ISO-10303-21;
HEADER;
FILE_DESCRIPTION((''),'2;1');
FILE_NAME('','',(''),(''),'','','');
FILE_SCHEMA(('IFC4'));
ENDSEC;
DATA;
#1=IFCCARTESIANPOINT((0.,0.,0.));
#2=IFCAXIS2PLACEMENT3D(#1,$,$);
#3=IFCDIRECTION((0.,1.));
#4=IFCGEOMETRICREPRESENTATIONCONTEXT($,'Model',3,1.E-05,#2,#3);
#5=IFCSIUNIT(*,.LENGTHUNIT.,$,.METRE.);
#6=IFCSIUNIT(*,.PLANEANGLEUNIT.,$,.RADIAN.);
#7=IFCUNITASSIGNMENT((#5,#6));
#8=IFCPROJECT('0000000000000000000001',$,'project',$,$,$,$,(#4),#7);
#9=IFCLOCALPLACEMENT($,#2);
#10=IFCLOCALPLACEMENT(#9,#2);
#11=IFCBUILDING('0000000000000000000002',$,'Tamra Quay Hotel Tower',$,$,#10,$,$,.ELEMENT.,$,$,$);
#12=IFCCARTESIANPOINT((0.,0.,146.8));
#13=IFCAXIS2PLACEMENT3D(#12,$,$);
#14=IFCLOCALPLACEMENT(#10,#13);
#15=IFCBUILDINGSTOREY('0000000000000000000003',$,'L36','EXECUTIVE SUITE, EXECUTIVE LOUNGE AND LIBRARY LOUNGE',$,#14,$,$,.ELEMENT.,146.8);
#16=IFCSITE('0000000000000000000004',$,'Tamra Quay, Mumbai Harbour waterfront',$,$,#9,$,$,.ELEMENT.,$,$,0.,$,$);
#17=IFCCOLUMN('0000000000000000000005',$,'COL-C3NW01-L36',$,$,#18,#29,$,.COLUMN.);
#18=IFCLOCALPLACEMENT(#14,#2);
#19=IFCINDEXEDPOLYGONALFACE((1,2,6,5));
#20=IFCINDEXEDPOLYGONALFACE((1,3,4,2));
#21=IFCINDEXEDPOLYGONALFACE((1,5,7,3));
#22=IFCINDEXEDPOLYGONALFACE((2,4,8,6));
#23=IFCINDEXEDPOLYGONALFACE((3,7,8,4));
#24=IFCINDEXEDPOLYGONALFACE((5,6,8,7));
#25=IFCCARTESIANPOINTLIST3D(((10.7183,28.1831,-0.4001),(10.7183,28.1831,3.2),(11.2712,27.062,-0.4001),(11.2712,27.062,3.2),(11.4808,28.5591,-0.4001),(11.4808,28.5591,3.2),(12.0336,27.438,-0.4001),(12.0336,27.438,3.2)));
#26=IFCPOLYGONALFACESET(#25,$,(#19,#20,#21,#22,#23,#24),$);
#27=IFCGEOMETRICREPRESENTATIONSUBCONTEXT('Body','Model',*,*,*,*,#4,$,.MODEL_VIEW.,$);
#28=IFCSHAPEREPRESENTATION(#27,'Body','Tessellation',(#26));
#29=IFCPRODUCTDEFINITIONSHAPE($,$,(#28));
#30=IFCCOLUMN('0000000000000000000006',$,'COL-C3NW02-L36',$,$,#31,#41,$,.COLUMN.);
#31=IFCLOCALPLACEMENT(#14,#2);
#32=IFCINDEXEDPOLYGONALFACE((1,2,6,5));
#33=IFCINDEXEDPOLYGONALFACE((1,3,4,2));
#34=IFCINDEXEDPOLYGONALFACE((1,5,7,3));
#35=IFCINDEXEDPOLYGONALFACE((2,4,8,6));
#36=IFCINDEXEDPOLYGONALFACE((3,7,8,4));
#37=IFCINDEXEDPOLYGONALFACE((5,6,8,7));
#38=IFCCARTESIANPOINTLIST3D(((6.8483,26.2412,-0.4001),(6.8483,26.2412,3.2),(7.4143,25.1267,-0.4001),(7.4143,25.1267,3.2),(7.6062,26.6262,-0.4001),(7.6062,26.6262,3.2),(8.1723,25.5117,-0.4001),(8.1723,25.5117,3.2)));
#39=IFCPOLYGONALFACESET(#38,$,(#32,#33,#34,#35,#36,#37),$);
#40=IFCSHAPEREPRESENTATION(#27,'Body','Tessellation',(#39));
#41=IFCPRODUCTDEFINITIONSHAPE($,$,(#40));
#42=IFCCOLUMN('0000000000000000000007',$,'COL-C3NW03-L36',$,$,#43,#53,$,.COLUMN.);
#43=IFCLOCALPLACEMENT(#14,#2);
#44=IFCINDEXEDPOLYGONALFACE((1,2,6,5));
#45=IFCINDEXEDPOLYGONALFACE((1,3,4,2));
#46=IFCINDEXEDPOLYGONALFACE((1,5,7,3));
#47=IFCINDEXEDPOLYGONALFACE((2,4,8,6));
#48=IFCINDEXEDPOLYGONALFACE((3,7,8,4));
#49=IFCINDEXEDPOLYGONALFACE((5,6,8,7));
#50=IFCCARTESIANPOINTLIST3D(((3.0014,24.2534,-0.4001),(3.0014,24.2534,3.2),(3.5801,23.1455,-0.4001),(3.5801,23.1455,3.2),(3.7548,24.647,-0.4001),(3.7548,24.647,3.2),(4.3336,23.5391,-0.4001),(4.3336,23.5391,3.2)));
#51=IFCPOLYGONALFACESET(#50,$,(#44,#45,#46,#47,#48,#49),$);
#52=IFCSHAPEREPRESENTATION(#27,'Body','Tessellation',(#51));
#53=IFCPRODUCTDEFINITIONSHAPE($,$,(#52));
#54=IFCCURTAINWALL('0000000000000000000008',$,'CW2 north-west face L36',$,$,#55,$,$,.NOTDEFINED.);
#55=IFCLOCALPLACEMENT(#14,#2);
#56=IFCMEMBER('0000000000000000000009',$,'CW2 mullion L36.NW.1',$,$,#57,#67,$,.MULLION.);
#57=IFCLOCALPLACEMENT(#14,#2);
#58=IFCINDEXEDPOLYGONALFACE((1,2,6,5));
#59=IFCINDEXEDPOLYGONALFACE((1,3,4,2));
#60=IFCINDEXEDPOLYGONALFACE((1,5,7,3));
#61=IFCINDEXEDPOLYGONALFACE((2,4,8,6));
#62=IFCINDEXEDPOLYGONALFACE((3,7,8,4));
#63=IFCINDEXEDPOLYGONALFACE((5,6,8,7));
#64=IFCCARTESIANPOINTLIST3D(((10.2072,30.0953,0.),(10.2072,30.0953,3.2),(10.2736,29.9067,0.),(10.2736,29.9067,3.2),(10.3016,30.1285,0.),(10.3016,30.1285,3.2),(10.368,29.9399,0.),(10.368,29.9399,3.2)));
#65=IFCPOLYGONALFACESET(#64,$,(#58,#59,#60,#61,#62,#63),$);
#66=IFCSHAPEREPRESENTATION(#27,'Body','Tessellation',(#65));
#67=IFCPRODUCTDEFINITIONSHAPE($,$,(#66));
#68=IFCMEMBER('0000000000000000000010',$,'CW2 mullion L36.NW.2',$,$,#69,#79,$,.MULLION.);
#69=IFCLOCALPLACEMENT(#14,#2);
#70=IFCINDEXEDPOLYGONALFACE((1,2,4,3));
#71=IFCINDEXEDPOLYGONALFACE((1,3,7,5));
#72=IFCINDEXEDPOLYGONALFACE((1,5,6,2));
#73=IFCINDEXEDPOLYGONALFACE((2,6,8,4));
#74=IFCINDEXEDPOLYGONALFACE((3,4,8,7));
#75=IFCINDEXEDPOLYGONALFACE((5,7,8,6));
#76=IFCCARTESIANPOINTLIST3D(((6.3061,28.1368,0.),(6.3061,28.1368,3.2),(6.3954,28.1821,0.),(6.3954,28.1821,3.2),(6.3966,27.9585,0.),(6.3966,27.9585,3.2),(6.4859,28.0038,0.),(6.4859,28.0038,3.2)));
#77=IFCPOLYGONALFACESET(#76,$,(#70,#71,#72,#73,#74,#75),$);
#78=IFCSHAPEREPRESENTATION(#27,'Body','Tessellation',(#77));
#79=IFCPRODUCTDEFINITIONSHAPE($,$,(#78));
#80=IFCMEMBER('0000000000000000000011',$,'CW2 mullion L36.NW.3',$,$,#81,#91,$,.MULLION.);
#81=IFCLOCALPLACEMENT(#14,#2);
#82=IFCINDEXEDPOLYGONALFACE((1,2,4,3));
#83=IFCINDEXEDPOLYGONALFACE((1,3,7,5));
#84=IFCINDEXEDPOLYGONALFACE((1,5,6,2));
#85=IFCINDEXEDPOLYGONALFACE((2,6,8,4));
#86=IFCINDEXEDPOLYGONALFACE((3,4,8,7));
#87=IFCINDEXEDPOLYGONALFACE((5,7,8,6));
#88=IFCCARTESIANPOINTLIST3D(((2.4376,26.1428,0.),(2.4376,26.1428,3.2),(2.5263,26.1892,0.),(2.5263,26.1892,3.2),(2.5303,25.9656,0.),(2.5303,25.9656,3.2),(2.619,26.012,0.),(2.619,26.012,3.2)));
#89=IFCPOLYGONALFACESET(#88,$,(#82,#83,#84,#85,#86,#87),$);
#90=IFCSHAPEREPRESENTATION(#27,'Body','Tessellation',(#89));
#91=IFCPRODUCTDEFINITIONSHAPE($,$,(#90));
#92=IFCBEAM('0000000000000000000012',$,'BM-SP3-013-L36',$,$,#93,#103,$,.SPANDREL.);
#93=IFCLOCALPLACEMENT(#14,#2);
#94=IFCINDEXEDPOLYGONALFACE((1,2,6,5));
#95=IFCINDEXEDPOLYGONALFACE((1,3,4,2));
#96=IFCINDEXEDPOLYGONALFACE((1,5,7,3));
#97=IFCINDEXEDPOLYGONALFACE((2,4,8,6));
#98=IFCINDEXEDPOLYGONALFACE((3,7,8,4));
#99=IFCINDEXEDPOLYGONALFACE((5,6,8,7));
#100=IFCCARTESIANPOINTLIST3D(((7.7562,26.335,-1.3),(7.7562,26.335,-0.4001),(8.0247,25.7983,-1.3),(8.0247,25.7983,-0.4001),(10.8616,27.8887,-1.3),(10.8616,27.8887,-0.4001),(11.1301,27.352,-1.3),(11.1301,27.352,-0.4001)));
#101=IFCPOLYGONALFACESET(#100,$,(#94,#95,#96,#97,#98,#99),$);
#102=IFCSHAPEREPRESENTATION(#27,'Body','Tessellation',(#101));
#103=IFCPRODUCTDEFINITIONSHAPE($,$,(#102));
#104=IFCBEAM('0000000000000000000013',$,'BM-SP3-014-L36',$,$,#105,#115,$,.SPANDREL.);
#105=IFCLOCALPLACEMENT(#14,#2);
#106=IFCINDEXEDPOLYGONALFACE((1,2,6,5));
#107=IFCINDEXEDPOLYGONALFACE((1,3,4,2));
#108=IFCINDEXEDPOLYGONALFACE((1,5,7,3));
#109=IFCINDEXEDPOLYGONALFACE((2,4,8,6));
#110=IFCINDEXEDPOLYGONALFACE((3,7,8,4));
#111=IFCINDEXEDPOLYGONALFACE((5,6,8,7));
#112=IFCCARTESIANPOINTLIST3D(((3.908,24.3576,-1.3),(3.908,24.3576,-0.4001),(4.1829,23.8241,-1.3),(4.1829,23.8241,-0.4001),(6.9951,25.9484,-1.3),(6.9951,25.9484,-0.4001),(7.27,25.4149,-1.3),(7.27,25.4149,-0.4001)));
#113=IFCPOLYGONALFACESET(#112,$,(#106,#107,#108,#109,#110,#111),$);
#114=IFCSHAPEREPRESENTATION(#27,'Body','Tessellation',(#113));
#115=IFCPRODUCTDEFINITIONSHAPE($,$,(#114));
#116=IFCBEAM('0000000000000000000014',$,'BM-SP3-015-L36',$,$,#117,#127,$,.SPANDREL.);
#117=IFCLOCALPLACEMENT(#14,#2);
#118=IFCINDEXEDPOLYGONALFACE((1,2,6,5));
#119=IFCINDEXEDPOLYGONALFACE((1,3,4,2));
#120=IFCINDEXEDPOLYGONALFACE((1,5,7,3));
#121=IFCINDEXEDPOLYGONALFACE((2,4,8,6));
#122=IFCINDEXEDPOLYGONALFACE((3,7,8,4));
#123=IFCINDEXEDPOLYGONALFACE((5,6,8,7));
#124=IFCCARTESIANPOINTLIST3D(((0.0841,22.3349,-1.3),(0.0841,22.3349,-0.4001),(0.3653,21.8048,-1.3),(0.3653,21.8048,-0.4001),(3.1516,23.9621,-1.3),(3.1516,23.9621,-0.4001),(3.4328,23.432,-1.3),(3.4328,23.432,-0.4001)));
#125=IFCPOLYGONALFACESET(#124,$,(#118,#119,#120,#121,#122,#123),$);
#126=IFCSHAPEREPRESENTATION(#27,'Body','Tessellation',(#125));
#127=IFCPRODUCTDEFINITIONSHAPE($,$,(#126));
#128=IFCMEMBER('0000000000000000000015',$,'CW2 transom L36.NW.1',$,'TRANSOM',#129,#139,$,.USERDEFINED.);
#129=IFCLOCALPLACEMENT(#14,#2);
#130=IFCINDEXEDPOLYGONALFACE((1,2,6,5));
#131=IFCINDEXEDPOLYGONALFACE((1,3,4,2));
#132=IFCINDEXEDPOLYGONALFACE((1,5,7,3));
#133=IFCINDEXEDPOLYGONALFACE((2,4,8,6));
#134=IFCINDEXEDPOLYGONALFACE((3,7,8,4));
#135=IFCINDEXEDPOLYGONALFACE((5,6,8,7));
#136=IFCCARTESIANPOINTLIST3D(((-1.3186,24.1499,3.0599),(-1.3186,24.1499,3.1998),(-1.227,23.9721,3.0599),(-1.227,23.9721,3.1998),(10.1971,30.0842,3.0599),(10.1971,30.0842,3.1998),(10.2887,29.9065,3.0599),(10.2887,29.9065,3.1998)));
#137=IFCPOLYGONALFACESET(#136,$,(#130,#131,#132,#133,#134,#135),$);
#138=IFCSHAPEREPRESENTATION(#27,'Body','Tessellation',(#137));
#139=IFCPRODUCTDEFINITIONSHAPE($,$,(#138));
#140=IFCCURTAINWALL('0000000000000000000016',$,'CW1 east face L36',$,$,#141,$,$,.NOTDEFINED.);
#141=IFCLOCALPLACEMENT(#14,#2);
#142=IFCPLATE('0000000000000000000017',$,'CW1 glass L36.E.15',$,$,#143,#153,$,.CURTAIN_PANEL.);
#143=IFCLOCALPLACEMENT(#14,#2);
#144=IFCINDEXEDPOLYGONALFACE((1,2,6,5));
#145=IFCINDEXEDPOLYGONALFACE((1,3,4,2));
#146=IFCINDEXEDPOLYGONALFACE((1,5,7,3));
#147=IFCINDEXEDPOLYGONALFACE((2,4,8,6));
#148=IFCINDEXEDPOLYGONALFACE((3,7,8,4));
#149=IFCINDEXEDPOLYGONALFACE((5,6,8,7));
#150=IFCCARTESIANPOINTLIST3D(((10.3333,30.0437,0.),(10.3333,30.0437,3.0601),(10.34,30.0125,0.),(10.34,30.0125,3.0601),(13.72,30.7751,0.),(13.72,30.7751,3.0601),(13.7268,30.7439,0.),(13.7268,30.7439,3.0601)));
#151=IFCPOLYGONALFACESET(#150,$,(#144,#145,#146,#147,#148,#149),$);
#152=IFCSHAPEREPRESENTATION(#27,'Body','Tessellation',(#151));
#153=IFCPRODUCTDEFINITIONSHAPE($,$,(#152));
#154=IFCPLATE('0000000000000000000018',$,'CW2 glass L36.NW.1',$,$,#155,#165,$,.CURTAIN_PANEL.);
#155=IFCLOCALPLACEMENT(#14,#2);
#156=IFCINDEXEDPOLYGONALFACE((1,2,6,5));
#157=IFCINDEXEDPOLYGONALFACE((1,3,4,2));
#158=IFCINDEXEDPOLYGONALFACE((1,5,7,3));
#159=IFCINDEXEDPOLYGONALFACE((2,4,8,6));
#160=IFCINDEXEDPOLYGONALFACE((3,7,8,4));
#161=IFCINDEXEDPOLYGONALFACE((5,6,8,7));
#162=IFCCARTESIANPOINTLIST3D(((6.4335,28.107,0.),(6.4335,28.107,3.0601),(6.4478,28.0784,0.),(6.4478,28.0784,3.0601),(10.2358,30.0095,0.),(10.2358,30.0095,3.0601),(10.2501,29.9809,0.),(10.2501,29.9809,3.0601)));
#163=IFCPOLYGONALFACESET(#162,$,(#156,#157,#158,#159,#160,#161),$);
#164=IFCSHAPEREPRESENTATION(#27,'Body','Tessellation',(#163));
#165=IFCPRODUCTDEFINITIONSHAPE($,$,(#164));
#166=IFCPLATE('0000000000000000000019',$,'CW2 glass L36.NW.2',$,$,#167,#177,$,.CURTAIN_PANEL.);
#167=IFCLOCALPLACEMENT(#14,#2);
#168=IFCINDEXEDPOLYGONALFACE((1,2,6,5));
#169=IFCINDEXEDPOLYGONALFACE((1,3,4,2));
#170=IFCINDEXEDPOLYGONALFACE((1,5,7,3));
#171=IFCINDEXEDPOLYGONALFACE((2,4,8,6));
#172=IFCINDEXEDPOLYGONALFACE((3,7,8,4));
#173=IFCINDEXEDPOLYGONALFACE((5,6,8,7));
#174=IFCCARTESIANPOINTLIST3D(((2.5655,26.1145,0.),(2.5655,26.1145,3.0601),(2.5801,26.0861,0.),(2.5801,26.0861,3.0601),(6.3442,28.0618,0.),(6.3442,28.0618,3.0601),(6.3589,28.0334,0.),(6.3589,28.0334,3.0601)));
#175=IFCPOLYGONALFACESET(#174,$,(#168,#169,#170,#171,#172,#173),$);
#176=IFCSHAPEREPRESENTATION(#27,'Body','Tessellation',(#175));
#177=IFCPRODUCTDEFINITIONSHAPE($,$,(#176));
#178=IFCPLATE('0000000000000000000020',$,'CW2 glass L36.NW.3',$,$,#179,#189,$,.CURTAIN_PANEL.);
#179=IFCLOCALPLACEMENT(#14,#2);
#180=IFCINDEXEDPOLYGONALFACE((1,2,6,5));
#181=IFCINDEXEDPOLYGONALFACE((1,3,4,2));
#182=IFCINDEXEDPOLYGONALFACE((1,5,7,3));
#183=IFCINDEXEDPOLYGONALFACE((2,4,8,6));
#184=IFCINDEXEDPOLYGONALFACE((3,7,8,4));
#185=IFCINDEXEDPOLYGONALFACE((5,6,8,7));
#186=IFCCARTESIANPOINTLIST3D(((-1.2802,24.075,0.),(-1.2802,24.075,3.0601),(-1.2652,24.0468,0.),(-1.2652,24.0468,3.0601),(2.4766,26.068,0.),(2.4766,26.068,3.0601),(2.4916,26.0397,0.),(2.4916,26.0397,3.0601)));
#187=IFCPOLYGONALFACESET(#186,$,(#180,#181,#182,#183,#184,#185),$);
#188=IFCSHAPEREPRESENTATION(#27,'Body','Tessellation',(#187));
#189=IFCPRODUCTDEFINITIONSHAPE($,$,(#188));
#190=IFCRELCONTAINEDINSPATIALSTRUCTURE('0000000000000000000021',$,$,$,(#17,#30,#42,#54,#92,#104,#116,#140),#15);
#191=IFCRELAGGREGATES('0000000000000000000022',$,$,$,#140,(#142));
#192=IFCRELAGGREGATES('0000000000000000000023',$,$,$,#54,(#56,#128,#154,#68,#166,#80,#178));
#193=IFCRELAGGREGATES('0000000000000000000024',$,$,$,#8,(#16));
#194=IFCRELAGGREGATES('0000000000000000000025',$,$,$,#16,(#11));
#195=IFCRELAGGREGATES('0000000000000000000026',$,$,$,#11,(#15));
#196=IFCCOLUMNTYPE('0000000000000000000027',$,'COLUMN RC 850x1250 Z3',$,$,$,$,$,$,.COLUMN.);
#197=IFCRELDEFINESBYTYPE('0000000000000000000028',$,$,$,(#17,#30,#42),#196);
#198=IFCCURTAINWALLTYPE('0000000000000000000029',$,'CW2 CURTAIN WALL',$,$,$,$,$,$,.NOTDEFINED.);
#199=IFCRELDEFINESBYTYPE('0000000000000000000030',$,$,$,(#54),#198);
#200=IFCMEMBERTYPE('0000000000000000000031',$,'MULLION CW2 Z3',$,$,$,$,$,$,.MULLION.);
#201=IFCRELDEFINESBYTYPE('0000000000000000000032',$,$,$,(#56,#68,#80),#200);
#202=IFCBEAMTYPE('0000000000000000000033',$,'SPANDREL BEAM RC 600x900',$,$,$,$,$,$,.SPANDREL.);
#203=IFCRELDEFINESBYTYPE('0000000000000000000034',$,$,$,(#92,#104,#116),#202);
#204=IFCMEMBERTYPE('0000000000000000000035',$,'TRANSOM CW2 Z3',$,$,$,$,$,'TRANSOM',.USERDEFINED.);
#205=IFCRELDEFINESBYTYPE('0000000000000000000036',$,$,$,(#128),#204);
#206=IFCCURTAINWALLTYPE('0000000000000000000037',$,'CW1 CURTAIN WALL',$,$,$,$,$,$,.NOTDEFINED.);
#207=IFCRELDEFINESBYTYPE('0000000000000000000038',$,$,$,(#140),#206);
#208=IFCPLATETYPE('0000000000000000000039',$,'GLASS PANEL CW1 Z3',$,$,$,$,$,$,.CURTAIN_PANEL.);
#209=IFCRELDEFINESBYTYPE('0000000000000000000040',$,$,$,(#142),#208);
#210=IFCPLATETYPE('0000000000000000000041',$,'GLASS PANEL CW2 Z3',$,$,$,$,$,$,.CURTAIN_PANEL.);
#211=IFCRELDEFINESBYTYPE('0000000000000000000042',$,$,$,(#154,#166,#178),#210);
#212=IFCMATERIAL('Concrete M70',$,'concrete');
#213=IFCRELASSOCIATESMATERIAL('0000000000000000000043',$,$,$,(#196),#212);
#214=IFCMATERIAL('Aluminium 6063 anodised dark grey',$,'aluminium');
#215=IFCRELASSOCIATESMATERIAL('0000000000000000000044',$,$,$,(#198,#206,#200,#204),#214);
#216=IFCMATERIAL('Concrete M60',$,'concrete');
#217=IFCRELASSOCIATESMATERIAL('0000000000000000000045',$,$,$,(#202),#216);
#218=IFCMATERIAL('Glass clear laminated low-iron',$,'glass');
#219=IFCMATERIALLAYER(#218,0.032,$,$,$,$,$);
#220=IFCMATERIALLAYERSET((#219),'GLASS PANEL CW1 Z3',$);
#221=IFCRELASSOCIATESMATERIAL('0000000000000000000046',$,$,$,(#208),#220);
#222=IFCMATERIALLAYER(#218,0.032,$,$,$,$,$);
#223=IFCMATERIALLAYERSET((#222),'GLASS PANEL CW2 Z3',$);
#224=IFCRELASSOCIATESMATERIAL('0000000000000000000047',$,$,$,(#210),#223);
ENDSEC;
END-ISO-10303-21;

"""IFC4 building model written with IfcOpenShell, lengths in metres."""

from ifc_helpers import new_model, si_unit, direction, frame, origin, origin_2d, place, context, subcontext, project, spatial, rectangle, extrude, material, layer, layer_set, material_profile, profile_set, type_object, element, aggregate, save


model = new_model("IFC4")

# Units and contexts
model_context = context("Model", 3, precision=1e-05, world=origin(), true_north=direction((0.0, 1.0)))
body_context = subcontext(model_context, "Body", "Model", "MODEL_VIEW")
ifc_project = project(units=[si_unit("LENGTHUNIT", "METRE"), si_unit("PLANEANGLEUNIT", "RADIAN")], contexts=[model_context])

# Site, building, storey
site_placement = place(None, origin())
site = spatial("IfcSite", under=ifc_project, at=site_placement, Name="Tamra Quay, Mumbai Harbour waterfront", CompositionType="ELEMENT", RefElevation=0.0)
building_placement = place(site_placement, origin())
building = spatial("IfcBuilding", under=site, at=building_placement, Name="Tamra Quay Hotel Tower", CompositionType="ELEMENT")
storey_placement = place(building_placement, frame((0.0, 0.0, 146.8)))
storey = spatial("IfcBuildingStorey", under=building, at=storey_placement, Name="L36", Description="EXECUTIVE SUITE, EXECUTIVE LOUNGE AND LIBRARY LOUNGE", CompositionType="ELEMENT", Elevation=146.8)

# Columns
ifc_material_1 = material(Name="Concrete M70", Category="concrete")
ifc_material_profile_1 = material_profile(ifc_material_1, rectangle(XDim=1.25, YDim=0.8501, at=origin_2d()), Name="COLUMN RC 850x1250 Z3")
ifc_profile_set_1 = profile_set([ifc_material_profile_1], Name="Concrete M70")
column_type = type_object("IfcColumnType", Name="COLUMN RC 850x1250 Z3", PredefinedType="COLUMN", material=ifc_profile_set_1)
for number, where, z_axis, x_axis, name in (
    (1, (11.376, 27.8105, -0.4001), (0.0, 0.0, 1.0), (-0.442275, 0.89688, 0.0), "COL-C3NW01-L36"),
    (2, (7.5103, 25.8765, -0.4001), (0.0, 0.0, 1.0), (-0.45286, 0.891582, 0.0), "COL-C3NW02-L36"),
    (3, (3.6675, 23.8962, -0.4001), (0.0, 0.0, 1.0), (-0.463007, 0.886355, 0.0), "COL-C3NW03-L36"),
):
    element("IfcColumn", number, at=place(storey_placement, frame(where, z_axis=z_axis, x_axis=x_axis)), inside=storey, type_object=column_type, Name=name, PredefinedType="COLUMN", context=body_context, shape_type="SweptSolid", body=[
        extrude(rectangle(XDim=1.25, YDim=0.8501, at=origin_2d()), origin(), (0.0, 0.0, 1.0), 3.6001),
    ])

# Curtain wall, members
ifc_material_2 = material(Name="Aluminium 6063 anodised dark grey", Category="aluminium")
curtain_wall_type_1 = type_object("IfcCurtainWallType", Name="CW2 CURTAIN WALL", PredefinedType="NOTDEFINED", material=ifc_material_2)
curtain_wall_1_placement = place(storey_placement, origin())
curtain_wall_1 = element("IfcCurtainWall", 4, at=curtain_wall_1_placement, inside=storey, type_object=curtain_wall_type_1, Name="CW2 north-west face L36", PredefinedType="NOTDEFINED")
ifc_material_profile_2 = material_profile(ifc_material_2, rectangle(XDim=0.2, YDim=0.1001, at=origin_2d()), Name="MULLION 100X200")
ifc_profile_set_2 = profile_set([ifc_material_profile_2], Name="Aluminium 6063 anodised dark grey")
member_type_1 = type_object("IfcMemberType", Name="MULLION CW2 Z3", PredefinedType="MULLION", material=ifc_profile_set_2)
member_1_placement = place(storey_placement, frame((10.2876, 30.0176, 0.0), z_axis=(0.0, 0.0, 1.0), x_axis=(-0.331894, 0.943317, 0.0)))
member_1 = element("IfcMember", 5, at=member_1_placement, type_object=member_type_1, Name="CW2 mullion L36.NW.1", PredefinedType="MULLION", context=body_context, shape_type="SweptSolid", body=[
    extrude(rectangle(XDim=0.2, YDim=0.1001, at=origin_2d()), origin(), (0.0, 0.0, 1.0), 3.2),
])
member_2_placement = place(storey_placement, frame((6.396, 28.0703, 0.0), z_axis=(0.0, 0.0, 1.0), x_axis=(-0.452777, 0.891624, 0.0)))
member_2 = element("IfcMember", 6, at=member_2_placement, type_object=member_type_1, Name="CW2 mullion L36.NW.2", PredefinedType="MULLION", context=body_context, shape_type="SweptSolid", body=[
    extrude(rectangle(XDim=0.2, YDim=0.1001, at=origin_2d()), origin(), (0.0, 0.0, 1.0), 3.2),
])
member_3_placement = place(storey_placement, frame((2.5283, 26.0774, 0.0), z_axis=(0.0, 0.0, 1.0), x_axis=(-0.463366, 0.886167, 0.0)))
member_3 = element("IfcMember", 7, at=member_3_placement, type_object=member_type_1, Name="CW2 mullion L36.NW.3", PredefinedType="MULLION", context=body_context, shape_type="SweptSolid", body=[
    extrude(rectangle(XDim=0.2, YDim=0.1001, at=origin_2d()), origin(), (0.0, 0.0, 1.0), 3.2),
])

# Beams
ifc_material_3 = material(Name="Concrete M60", Category="concrete")
ifc_material_profile_3 = material_profile(ifc_material_3, rectangle(XDim=0.6001, YDim=0.8999, at=origin_2d()), Name="SPANDREL BEAM RC 600x900")
ifc_profile_set_3 = profile_set([ifc_material_profile_3], Name="Concrete M60")
beam_type = type_object("IfcBeamType", Name="SPANDREL BEAM RC 600x900", PredefinedType="SPANDREL", material=ifc_profile_set_3)
beam_1_placement = place(storey_placement, frame((10.9958, 27.6204, -0.8501), z_axis=(-0.894315, -0.447439, 0.0), x_axis=(0.447439, -0.894315, 0.0)))
element("IfcBeam", 8, at=beam_1_placement, inside=storey, type_object=beam_type, Name="BM-SP3-013-L36", PredefinedType="SPANDREL", context=body_context, shape_type="SweptSolid", body=[
    extrude(rectangle(XDim=0.6001, YDim=0.8999, at=origin_2d()), origin(), (0.0, 0.0, 1.0), 3.4724),
])
beam_2_placement = place(storey_placement, frame((7.1326, 25.6816, -0.8501), z_axis=(-0.88892, -0.458063, 0.0), x_axis=(0.458063, -0.88892, 0.0)))
element("IfcBeam", 9, at=beam_2_placement, inside=storey, type_object=beam_type, Name="BM-SP3-014-L36", PredefinedType="SPANDREL", context=body_context, shape_type="SweptSolid", body=[
    extrude(rectangle(XDim=0.6001, YDim=0.8999, at=origin_2d()), origin(), (0.0, 0.0, 1.0), 3.4729),
])
beam_3_placement = place(storey_placement, frame((3.2922, 23.697, -0.8501), z_axis=(-0.883411, -0.468598, 0.0), x_axis=(0.468598, -0.883411, 0.0)))
element("IfcBeam", 10, at=beam_3_placement, inside=storey, type_object=beam_type, Name="BM-SP3-015-L36", PredefinedType="SPANDREL", context=body_context, shape_type="SweptSolid", body=[
    extrude(rectangle(XDim=0.6001, YDim=0.8999, at=origin_2d()), origin(), (0.0, 0.0, 1.0), 3.4724),
])

# Member
ifc_material_profile_4 = material_profile(ifc_material_2, rectangle(XDim=0.2, YDim=0.1399, at=origin_2d()), Name="TRANSOM 200X140")
ifc_profile_set_4 = profile_set([ifc_material_profile_4], Name="Aluminium 6063 anodised dark grey")
member_type_2 = type_object("IfcMemberType", Name="TRANSOM CW2 Z3", ElementType="TRANSOM", PredefinedType="USERDEFINED", material=ifc_profile_set_4)
member_4_placement = place(storey_placement, frame((10.2429, 29.9954, 3.1299), z_axis=(-0.888911, -0.458081, 0.0), x_axis=(0.458081, -0.888911, 0.0)))
member_4 = element("IfcMember", 11, at=member_4_placement, type_object=member_type_2, Name="CW2 transom L36.NW.1", ObjectType="TRANSOM", PredefinedType="USERDEFINED", context=body_context, shape_type="SweptSolid", body=[
    extrude(rectangle(XDim=0.2, YDim=0.1399, at=origin_2d()), origin(), (0.0, 0.0, 1.0), 12.9548),
])

# Curtain wall, plate
curtain_wall_type_2 = type_object("IfcCurtainWallType", Name="CW1 CURTAIN WALL", PredefinedType="NOTDEFINED", material=ifc_material_2)
curtain_wall_2_placement = place(storey_placement, origin())
curtain_wall_2 = element("IfcCurtainWall", 12, at=curtain_wall_2_placement, inside=storey, type_object=curtain_wall_type_2, Name="CW1 east face L36", PredefinedType="NOTDEFINED")
ifc_material_4 = material(Name="Glass clear laminated low-iron", Category="glass")
ifc_layer_1 = layer(ifc_material_4, 0.032)
ifc_layer_set_1 = layer_set([ifc_layer_1], Name="GLASS PANEL CW1 Z3")
plate_type_1 = type_object("IfcPlateType", Name="GLASS PANEL CW1 Z3", PredefinedType="CURTAIN_PANEL", material=ifc_layer_set_1)
plate_1_placement = place(storey_placement, frame((12.03, 30.3938, 0.0), z_axis=(0.0, 0.0, 1.0), x_axis=(-0.977465, -0.211099, 0.0)))
plate_1 = element("IfcPlate", 13, at=plate_1_placement, type_object=plate_type_1, Name="CW1 glass L36.E.15", PredefinedType="CURTAIN_PANEL", context=body_context, shape_type="SweptSolid", body=[
    extrude(rectangle(XDim=3.4648, YDim=0.032, at=origin_2d()), origin(), (0.0, 0.0, 1.0), 3.0601),
])
aggregate(curtain_wall_2, [plate_1])

# Plates
ifc_layer_2 = layer(ifc_material_4, 0.032)
ifc_layer_set_2 = layer_set([ifc_layer_2], Name="GLASS PANEL CW2 Z3")
plate_type_2 = type_object("IfcPlateType", Name="GLASS PANEL CW2 Z3", PredefinedType="CURTAIN_PANEL", material=ifc_layer_set_2)
plate_2_placement = place(storey_placement, frame((8.3418, 29.0439, 0.0), z_axis=(0.0, 0.0, 1.0), x_axis=(-0.894305, -0.447459, 0.0)))
plate_2 = element("IfcPlate", 14, at=plate_2_placement, type_object=plate_type_2, Name="CW2 glass L36.NW.1", PredefinedType="CURTAIN_PANEL", context=body_context, shape_type="SweptSolid", body=[
    extrude(rectangle(XDim=4.2517, YDim=0.032, at=origin_2d()), origin(), (0.0, 0.0, 1.0), 3.0601),
])
plate_3_placement = place(storey_placement, frame((4.4622, 27.074, 0.0), z_axis=(0.0, 0.0, 1.0), x_axis=(-0.888911, -0.458079, 0.0)))
plate_3 = element("IfcPlate", 15, at=plate_3_placement, type_object=plate_type_2, Name="CW2 glass L36.NW.2", PredefinedType="CURTAIN_PANEL", context=body_context, shape_type="SweptSolid", body=[
    extrude(rectangle(XDim=4.251, YDim=0.032, at=origin_2d()), origin(), (0.0, 0.0, 1.0), 3.0601),
])
plate_4_placement = place(storey_placement, frame((0.6057, 25.0574, 0.0), z_axis=(0.0, 0.0, 1.0), x_axis=(-0.883392, -0.468636, 0.0)))
plate_4 = element("IfcPlate", 16, at=plate_4_placement, type_object=plate_type_2, Name="CW2 glass L36.NW.3", PredefinedType="CURTAIN_PANEL", context=body_context, shape_type="SweptSolid", body=[
    extrude(rectangle(XDim=4.2527, YDim=0.032, at=origin_2d()), origin(), (0.0, 0.0, 1.0), 3.0601),
])
aggregate(curtain_wall_1, [member_1, member_4, plate_2, member_2, plate_3, member_3, plate_4])

save(model, "model.ifc")
